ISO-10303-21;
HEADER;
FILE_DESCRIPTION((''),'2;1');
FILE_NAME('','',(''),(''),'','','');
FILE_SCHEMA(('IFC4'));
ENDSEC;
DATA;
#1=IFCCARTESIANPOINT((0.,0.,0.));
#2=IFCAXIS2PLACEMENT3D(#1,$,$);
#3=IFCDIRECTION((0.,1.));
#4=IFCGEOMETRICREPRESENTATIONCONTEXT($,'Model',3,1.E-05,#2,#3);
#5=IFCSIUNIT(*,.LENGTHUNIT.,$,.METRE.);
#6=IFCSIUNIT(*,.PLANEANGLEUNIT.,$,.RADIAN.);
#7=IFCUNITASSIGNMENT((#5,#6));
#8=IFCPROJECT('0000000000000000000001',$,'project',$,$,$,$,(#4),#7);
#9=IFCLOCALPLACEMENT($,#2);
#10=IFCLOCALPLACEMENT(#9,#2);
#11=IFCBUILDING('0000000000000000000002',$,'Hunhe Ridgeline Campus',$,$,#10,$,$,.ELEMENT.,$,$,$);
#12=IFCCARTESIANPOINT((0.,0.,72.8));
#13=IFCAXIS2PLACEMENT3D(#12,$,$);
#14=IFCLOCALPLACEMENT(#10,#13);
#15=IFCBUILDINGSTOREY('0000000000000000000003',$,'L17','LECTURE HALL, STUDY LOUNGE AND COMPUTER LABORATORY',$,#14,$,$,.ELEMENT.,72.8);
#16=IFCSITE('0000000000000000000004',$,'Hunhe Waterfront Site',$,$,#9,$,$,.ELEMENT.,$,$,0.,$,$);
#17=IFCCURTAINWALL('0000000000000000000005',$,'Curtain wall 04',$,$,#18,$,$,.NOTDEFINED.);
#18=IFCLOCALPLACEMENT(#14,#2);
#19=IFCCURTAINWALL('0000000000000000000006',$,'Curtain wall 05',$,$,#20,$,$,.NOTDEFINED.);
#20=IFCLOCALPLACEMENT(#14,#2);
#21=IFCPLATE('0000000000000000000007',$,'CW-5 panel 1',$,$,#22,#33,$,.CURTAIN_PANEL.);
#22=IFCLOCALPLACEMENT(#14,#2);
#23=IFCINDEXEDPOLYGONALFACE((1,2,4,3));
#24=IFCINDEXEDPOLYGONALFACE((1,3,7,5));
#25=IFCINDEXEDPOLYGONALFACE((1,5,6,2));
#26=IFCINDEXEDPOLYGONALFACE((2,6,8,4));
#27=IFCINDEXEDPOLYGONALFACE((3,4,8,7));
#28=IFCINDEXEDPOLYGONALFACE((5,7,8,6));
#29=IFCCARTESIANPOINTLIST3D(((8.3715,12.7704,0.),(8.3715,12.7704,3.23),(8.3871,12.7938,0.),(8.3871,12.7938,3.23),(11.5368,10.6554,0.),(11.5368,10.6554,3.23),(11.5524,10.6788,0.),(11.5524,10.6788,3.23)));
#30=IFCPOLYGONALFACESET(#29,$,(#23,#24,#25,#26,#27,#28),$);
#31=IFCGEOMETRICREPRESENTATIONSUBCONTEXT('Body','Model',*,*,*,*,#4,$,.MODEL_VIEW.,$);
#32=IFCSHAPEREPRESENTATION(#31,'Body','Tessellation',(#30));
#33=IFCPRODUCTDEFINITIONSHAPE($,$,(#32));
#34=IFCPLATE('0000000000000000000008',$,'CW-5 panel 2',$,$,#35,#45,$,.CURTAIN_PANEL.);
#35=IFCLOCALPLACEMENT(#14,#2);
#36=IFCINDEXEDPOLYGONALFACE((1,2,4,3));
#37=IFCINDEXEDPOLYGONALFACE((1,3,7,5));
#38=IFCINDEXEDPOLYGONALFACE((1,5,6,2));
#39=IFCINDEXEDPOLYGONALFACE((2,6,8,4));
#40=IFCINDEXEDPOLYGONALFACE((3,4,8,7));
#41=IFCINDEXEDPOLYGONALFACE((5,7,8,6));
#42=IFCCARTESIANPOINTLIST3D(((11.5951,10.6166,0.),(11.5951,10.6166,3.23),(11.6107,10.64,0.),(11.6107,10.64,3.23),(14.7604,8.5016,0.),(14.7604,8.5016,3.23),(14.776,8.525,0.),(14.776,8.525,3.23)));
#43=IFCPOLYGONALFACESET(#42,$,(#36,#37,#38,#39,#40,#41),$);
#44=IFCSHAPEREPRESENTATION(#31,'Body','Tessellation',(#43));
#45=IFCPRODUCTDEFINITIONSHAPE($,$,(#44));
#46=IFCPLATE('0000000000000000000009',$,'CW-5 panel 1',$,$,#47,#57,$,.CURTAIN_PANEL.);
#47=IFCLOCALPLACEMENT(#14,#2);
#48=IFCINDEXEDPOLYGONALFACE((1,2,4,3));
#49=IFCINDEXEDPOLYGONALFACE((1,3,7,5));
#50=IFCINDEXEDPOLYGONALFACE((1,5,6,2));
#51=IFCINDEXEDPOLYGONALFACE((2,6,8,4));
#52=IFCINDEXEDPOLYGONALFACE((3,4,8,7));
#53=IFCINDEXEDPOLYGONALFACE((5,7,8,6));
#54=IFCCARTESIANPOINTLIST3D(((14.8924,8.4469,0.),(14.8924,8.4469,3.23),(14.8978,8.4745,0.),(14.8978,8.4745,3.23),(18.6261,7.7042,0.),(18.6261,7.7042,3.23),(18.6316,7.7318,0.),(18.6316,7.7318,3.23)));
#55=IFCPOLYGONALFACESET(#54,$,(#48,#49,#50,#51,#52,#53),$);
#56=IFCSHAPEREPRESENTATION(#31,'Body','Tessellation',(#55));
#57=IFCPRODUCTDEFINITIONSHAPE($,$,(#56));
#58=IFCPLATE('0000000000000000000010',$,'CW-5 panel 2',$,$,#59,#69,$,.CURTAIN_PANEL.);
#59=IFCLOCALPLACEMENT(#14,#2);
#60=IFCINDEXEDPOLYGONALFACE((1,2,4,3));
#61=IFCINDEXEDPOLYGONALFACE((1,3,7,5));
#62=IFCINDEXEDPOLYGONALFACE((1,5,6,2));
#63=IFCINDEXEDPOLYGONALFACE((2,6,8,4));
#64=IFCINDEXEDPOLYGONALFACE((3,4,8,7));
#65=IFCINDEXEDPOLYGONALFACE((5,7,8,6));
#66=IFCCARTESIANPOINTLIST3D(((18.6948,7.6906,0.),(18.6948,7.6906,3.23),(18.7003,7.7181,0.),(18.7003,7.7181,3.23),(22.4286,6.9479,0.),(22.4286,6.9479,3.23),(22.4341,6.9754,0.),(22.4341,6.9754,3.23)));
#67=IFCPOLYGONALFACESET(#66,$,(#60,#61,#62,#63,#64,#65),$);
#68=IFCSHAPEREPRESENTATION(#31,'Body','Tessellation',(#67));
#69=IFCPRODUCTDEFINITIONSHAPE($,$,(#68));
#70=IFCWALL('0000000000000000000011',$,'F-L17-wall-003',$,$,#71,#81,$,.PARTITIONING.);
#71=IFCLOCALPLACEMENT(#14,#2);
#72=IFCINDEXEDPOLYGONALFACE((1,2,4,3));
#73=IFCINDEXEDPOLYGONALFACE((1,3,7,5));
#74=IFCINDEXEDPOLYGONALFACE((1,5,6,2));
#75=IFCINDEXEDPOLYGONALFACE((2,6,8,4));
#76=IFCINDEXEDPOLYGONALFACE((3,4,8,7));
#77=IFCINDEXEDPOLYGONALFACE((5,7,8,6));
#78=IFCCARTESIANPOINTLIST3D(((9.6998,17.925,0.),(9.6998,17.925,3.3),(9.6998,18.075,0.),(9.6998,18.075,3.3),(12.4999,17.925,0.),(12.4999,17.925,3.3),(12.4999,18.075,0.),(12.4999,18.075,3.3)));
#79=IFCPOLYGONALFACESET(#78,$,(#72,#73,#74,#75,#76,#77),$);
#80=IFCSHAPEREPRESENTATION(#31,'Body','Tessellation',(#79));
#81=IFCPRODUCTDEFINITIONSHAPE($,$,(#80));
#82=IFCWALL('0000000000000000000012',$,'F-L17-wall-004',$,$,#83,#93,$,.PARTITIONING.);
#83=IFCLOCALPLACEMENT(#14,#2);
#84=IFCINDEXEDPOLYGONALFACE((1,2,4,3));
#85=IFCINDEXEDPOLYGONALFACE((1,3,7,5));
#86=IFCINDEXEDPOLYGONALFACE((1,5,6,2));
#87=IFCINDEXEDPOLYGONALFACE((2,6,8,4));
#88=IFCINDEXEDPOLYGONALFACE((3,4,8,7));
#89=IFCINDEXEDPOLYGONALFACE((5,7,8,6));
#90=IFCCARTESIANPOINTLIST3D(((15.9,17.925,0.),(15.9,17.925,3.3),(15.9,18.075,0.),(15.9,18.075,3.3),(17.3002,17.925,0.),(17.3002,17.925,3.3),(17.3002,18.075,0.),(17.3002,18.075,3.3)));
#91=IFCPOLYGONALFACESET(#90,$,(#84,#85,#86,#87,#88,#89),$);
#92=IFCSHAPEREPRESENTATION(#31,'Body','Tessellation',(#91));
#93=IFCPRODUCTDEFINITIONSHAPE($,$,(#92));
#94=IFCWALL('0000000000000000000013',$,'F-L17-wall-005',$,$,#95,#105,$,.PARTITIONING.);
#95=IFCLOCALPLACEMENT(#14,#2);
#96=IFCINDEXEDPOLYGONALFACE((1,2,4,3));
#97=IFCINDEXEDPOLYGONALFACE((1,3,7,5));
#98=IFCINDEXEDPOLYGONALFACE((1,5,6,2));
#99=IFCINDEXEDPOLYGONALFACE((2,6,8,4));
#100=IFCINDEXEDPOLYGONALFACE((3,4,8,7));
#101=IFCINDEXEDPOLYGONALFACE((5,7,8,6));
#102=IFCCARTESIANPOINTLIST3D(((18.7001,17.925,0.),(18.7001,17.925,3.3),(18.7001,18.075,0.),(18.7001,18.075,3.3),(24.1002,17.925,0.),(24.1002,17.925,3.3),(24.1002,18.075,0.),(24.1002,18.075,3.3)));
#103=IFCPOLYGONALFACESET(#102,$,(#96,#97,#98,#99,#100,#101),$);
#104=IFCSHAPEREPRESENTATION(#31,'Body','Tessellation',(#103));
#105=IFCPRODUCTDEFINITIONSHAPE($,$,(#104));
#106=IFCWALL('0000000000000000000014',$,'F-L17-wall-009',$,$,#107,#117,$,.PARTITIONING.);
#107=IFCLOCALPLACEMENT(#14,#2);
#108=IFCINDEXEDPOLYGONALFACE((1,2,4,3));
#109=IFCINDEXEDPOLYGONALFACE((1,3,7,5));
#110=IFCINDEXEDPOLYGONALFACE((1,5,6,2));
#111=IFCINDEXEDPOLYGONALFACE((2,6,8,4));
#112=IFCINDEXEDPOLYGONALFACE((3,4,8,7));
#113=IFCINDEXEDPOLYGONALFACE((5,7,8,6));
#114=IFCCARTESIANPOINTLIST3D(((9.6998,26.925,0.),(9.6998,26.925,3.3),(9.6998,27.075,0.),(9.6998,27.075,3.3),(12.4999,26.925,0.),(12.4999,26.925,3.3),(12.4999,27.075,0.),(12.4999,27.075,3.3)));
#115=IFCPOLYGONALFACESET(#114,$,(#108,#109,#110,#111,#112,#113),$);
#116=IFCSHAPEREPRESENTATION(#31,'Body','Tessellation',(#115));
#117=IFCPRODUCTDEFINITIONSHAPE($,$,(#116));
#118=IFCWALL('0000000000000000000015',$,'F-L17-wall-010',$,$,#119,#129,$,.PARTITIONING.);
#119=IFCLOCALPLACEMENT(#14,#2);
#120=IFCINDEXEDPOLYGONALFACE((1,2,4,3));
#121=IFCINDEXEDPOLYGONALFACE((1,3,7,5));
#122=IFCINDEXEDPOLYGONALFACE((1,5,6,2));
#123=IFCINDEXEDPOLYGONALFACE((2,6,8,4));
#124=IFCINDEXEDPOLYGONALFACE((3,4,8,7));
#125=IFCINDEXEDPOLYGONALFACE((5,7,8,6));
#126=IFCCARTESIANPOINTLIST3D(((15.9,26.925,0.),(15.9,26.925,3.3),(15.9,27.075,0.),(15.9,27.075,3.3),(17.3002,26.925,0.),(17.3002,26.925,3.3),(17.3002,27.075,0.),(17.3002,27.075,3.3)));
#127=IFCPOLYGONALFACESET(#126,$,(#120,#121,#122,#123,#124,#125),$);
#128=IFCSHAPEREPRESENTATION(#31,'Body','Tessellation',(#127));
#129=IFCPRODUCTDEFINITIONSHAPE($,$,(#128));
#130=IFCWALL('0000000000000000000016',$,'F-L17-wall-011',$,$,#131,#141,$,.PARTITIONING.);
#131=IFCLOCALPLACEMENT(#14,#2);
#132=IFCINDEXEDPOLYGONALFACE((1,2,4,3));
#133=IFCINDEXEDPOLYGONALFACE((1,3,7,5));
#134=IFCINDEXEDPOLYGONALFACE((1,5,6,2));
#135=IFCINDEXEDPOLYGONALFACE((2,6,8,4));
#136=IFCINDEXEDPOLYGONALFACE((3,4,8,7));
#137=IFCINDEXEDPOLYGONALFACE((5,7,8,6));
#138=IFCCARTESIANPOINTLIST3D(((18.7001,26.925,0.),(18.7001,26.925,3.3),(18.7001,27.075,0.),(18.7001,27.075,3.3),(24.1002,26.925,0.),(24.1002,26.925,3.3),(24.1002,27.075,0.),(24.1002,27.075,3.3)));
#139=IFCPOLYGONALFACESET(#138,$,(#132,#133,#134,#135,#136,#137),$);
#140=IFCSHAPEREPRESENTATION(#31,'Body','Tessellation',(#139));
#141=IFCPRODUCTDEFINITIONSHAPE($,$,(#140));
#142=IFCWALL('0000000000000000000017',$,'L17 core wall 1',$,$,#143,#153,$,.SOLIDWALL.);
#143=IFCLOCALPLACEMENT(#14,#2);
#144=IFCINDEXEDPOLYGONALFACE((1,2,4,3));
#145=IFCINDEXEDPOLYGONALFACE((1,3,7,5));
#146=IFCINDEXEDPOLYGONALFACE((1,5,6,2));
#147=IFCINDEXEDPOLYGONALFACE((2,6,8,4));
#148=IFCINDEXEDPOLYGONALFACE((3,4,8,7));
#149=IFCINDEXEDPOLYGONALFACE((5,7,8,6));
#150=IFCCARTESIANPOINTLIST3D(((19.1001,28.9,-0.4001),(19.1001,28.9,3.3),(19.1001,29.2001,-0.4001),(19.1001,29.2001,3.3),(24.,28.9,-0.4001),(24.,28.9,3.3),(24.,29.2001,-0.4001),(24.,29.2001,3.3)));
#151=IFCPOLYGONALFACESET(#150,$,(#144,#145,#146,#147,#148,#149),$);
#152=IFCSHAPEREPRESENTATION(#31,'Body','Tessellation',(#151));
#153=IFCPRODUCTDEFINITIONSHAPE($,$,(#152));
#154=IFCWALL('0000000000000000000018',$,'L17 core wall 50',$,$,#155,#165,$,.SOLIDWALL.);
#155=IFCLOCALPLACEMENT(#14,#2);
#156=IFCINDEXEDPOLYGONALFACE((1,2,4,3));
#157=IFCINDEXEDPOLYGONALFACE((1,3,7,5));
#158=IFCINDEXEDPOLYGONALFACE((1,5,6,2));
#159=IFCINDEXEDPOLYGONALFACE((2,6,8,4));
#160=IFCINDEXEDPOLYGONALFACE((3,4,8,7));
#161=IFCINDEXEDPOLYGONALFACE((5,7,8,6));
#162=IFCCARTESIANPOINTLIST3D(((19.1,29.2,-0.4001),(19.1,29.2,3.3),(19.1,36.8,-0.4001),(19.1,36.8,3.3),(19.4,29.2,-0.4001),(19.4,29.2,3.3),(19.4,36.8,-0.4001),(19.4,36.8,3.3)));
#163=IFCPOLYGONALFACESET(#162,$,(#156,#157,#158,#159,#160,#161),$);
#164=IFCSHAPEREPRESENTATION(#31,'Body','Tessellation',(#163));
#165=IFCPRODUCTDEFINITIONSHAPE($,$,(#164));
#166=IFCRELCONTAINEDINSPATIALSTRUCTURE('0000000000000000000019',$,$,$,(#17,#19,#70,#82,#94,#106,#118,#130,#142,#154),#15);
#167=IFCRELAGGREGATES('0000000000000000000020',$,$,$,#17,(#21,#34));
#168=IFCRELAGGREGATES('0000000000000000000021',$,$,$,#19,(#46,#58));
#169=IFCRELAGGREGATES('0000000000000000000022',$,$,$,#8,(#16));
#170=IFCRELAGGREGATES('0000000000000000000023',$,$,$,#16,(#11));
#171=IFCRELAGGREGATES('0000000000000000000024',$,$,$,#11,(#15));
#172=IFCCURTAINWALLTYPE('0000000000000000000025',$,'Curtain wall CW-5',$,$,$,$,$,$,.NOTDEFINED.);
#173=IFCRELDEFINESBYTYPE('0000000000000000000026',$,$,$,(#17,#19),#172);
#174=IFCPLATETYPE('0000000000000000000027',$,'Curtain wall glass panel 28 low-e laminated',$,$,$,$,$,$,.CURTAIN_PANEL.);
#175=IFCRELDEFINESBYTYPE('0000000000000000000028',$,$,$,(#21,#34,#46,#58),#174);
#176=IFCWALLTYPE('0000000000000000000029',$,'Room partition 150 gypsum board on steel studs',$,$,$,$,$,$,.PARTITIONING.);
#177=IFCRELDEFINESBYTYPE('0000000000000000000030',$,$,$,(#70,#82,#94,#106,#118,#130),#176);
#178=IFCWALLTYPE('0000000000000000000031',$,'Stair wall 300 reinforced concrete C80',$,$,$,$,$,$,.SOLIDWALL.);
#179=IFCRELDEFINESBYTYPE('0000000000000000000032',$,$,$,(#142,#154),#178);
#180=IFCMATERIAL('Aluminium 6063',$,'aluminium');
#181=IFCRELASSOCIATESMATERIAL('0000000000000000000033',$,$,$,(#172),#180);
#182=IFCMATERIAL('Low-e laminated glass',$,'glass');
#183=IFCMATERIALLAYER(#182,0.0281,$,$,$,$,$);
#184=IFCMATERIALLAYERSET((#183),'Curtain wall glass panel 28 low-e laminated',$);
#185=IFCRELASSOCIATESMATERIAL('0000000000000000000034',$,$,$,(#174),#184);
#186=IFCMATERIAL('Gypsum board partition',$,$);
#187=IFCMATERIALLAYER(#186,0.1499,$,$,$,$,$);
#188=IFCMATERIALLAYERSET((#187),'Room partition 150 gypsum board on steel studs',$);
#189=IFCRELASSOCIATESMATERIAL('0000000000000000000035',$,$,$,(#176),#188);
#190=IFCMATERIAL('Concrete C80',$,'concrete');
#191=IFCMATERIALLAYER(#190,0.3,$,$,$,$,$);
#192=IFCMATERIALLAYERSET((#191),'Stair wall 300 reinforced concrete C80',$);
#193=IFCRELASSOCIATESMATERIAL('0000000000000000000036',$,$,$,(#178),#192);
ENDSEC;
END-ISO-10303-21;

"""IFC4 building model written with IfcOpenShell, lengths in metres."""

from ifc_helpers import new_model, si_unit, direction, frame, frame_2d, origin, origin_2d, place, context, subcontext, project, spatial, rectangle, extrude, material, layer, layer_set, type_object, element, aggregate, save


model = new_model("IFC4")

# Units and contexts
model_context = context("Model", 3, precision=1e-05, world=origin(), true_north=direction((0.0, 1.0)))
body_context = subcontext(model_context, "Body", "Model", "MODEL_VIEW")
ifc_project = project(units=[si_unit("LENGTHUNIT", "METRE"), si_unit("PLANEANGLEUNIT", "RADIAN")], contexts=[model_context])

# Site, building, storey
site_placement = place(None, origin())
site = spatial("IfcSite", under=ifc_project, at=site_placement, Name="Hunhe Waterfront Site", CompositionType="ELEMENT", RefElevation=0.0)
building_placement = place(site_placement, origin())
building = spatial("IfcBuilding", under=site, at=building_placement, Name="Hunhe Ridgeline Campus", CompositionType="ELEMENT")
storey_placement = place(building_placement, frame((0.0, 0.0, 72.8)))
storey = spatial("IfcBuildingStorey", under=building, at=storey_placement, Name="L17", Description="LECTURE HALL, STUDY LOUNGE AND COMPUTER LABORATORY", CompositionType="ELEMENT", Elevation=72.8)

# Shared definitions
ifc_material_1 = material(Name="Concrete C80", Category="concrete")

# Curtain walls
ifc_material_2 = material(Name="Aluminium 6063", Category="aluminium")
curtain_wall_type = type_object("IfcCurtainWallType", Name="Curtain wall CW-5", PredefinedType="NOTDEFINED", material=ifc_material_2)
curtain_wall_1_placement = place(storey_placement, origin())
curtain_wall_1 = element("IfcCurtainWall", 1, at=curtain_wall_1_placement, inside=storey, type_object=curtain_wall_type, Name="Curtain wall 04", PredefinedType="NOTDEFINED")
curtain_wall_2_placement = place(storey_placement, origin())
curtain_wall_2 = element("IfcCurtainWall", 2, at=curtain_wall_2_placement, inside=storey, type_object=curtain_wall_type, Name="Curtain wall 05", PredefinedType="NOTDEFINED")

# Plates
ifc_material_3 = material(Name="Low-e laminated glass", Category="glass")
ifc_layer_1 = layer(ifc_material_3, 0.0281)
ifc_layer_set_1 = layer_set([ifc_layer_1], Name="Curtain wall glass panel 28 low-e laminated")
plate_type = type_object("IfcPlateType", Name="Curtain wall glass panel 28 low-e laminated", PredefinedType="CURTAIN_PANEL", material=ifc_layer_set_1)
plate_1_placement = place(storey_placement, frame((9.9619, 11.7246, 0.0), z_axis=(0.0, 0.0, 1.0), x_axis=(0.83147, -0.55557, 0.0)))
plate_1 = element("IfcPlate", 3, at=plate_1_placement, type_object=plate_type, Name="CW-5 panel 1", PredefinedType="CURTAIN_PANEL", context=body_context, shape_type="SweptSolid", body=[
    extrude(rectangle(XDim=3.8069, YDim=0.0281, at=origin_2d()), origin(), (0.0, 0.0, 1.0), 3.23),
])
plate_2_placement = place(storey_placement, frame((13.1855, 9.5708, 0.0), z_axis=(0.0, 0.0, 1.0), x_axis=(0.83147, -0.55557, 0.0)))
plate_2 = element("IfcPlate", 4, at=plate_2_placement, type_object=plate_type, Name="CW-5 panel 2", PredefinedType="CURTAIN_PANEL", context=body_context, shape_type="SweptSolid", body=[
    extrude(rectangle(XDim=3.8069, YDim=0.0281, at=origin_2d()), origin(), (0.0, 0.0, 1.0), 3.23),
])
aggregate(curtain_wall_1, [plate_1, plate_2])
plate_3_placement = place(storey_placement, frame((16.762, 8.0894, 0.0), z_axis=(0.0, 0.0, 1.0), x_axis=(0.980785, -0.19509, 0.0)))
plate_3 = element("IfcPlate", 5, at=plate_3_placement, type_object=plate_type, Name="CW-5 panel 1", PredefinedType="CURTAIN_PANEL", context=body_context, shape_type="SweptSolid", body=[
    extrude(rectangle(XDim=3.8069, YDim=0.0281, at=origin_2d()), origin(), (0.0, 0.0, 1.0), 3.23),
])
plate_4_placement = place(storey_placement, frame((20.5645, 7.333, 0.0), z_axis=(0.0, 0.0, 1.0), x_axis=(0.980785, -0.19509, 0.0)))
plate_4 = element("IfcPlate", 6, at=plate_4_placement, type_object=plate_type, Name="CW-5 panel 2", PredefinedType="CURTAIN_PANEL", context=body_context, shape_type="SweptSolid", body=[
    extrude(rectangle(XDim=3.8069, YDim=0.0281, at=origin_2d()), origin(), (0.0, 0.0, 1.0), 3.23),
])
aggregate(curtain_wall_2, [plate_3, plate_4])

# Shared definitions
ifc_material_4 = material(Name="Gypsum board partition")

# Walls
ifc_layer_2 = layer(ifc_material_4, 0.1499)
ifc_layer_set_2 = layer_set([ifc_layer_2], Name="Room partition 150 gypsum board on steel studs")
wall_type_1 = type_object("IfcWallType", Name="Room partition 150 gypsum board on steel studs", PredefinedType="PARTITIONING", material=ifc_layer_set_2)
wall_1_placement = place(storey_placement, frame((9.7, 18.0, 0.0), z_axis=(0.0, 0.0, 1.0), x_axis=(1.0, 0.0, 0.0)))
element("IfcWall", 7, at=wall_1_placement, inside=storey, type_object=wall_type_1, Name="F-L17-wall-003", PredefinedType="PARTITIONING", context=body_context, shape_type="SweptSolid", body=[
    extrude(rectangle(XDim=2.8, YDim=0.1499, at=frame_2d((1.3999, 0.0))), origin(), (0.0, 0.0, 1.0), 3.3),
])
wall_2_placement = place(storey_placement, frame((15.8999, 18.0, 0.0), z_axis=(0.0, 0.0, 1.0), x_axis=(1.0, 0.0, 0.0)))
element("IfcWall", 8, at=wall_2_placement, inside=storey, type_object=wall_type_1, Name="F-L17-wall-004", PredefinedType="PARTITIONING", context=body_context, shape_type="SweptSolid", body=[
    extrude(rectangle(XDim=1.4001, YDim=0.1499, at=frame_2d((0.7002, 0.0))), origin(), (0.0, 0.0, 1.0), 3.3),
])
wall_3_placement = place(storey_placement, frame((18.7, 18.0, 0.0), z_axis=(0.0, 0.0, 1.0), x_axis=(1.0, 0.0, 0.0)))
element("IfcWall", 9, at=wall_3_placement, inside=storey, type_object=wall_type_1, Name="F-L17-wall-005", PredefinedType="PARTITIONING", context=body_context, shape_type="SweptSolid", body=[
    extrude(rectangle(XDim=5.4001, YDim=0.1499, at=frame_2d((2.7002, 0.0))), origin(), (0.0, 0.0, 1.0), 3.3),
])
wall_4_placement = place(storey_placement, frame((9.7, 27.0, 0.0), z_axis=(0.0, 0.0, 1.0), x_axis=(1.0, 0.0, 0.0)))
element("IfcWall", 10, at=wall_4_placement, inside=storey, type_object=wall_type_1, Name="F-L17-wall-009", PredefinedType="PARTITIONING", context=body_context, shape_type="SweptSolid", body=[
    extrude(rectangle(XDim=2.8, YDim=0.1499, at=frame_2d((1.3999, 0.0))), origin(), (0.0, 0.0, 1.0), 3.3),
])
wall_5_placement = place(storey_placement, frame((15.8999, 27.0, 0.0), z_axis=(0.0, 0.0, 1.0), x_axis=(1.0, 0.0, 0.0)))
element("IfcWall", 11, at=wall_5_placement, inside=storey, type_object=wall_type_1, Name="F-L17-wall-010", PredefinedType="PARTITIONING", context=body_context, shape_type="SweptSolid", body=[
    extrude(rectangle(XDim=1.4001, YDim=0.1499, at=frame_2d((0.7002, 0.0))), origin(), (0.0, 0.0, 1.0), 3.3),
])
wall_6_placement = place(storey_placement, frame((18.7, 27.0, 0.0), z_axis=(0.0, 0.0, 1.0), x_axis=(1.0, 0.0, 0.0)))
element("IfcWall", 12, at=wall_6_placement, inside=storey, type_object=wall_type_1, Name="F-L17-wall-011", PredefinedType="PARTITIONING", context=body_context, shape_type="SweptSolid", body=[
    extrude(rectangle(XDim=5.4001, YDim=0.1499, at=frame_2d((2.7002, 0.0))), origin(), (0.0, 0.0, 1.0), 3.3),
])
ifc_layer_3 = layer(ifc_material_1, 0.3)
ifc_layer_set_3 = layer_set([ifc_layer_3], Name="Stair wall 300 reinforced concrete C80")
wall_type_2 = type_object("IfcWallType", Name="Stair wall 300 reinforced concrete C80", PredefinedType="SOLIDWALL", material=ifc_layer_set_3)
wall_7_placement = place(storey_placement, frame((19.1001, 29.05, -0.4001), z_axis=(0.0, 0.0, 1.0), x_axis=(1.0, 0.0, 0.0)))
element("IfcWall", 13, at=wall_7_placement, inside=storey, type_object=wall_type_2, Name="L17 core wall 1", PredefinedType="SOLIDWALL", context=body_context, shape_type="SweptSolid", body=[
    extrude(rectangle(XDim=4.8999, YDim=0.3, at=frame_2d((2.45, 0.0))), origin(), (0.0, 0.0, 1.0), 3.7002),
])
wall_8_placement = place(storey_placement, frame((19.25, 29.2, -0.4001), z_axis=(0.0, 0.0, 1.0), x_axis=(0.0, 1.0, 0.0)))
element("IfcWall", 14, at=wall_8_placement, inside=storey, type_object=wall_type_2, Name="L17 core wall 50", PredefinedType="SOLIDWALL", context=body_context, shape_type="SweptSolid", body=[
    extrude(rectangle(XDim=7.6001, YDim=0.3, at=frame_2d((3.8, 0.0))), origin(), (0.0, 0.0, 1.0), 3.7002),
])

save(model, "model.ifc")
